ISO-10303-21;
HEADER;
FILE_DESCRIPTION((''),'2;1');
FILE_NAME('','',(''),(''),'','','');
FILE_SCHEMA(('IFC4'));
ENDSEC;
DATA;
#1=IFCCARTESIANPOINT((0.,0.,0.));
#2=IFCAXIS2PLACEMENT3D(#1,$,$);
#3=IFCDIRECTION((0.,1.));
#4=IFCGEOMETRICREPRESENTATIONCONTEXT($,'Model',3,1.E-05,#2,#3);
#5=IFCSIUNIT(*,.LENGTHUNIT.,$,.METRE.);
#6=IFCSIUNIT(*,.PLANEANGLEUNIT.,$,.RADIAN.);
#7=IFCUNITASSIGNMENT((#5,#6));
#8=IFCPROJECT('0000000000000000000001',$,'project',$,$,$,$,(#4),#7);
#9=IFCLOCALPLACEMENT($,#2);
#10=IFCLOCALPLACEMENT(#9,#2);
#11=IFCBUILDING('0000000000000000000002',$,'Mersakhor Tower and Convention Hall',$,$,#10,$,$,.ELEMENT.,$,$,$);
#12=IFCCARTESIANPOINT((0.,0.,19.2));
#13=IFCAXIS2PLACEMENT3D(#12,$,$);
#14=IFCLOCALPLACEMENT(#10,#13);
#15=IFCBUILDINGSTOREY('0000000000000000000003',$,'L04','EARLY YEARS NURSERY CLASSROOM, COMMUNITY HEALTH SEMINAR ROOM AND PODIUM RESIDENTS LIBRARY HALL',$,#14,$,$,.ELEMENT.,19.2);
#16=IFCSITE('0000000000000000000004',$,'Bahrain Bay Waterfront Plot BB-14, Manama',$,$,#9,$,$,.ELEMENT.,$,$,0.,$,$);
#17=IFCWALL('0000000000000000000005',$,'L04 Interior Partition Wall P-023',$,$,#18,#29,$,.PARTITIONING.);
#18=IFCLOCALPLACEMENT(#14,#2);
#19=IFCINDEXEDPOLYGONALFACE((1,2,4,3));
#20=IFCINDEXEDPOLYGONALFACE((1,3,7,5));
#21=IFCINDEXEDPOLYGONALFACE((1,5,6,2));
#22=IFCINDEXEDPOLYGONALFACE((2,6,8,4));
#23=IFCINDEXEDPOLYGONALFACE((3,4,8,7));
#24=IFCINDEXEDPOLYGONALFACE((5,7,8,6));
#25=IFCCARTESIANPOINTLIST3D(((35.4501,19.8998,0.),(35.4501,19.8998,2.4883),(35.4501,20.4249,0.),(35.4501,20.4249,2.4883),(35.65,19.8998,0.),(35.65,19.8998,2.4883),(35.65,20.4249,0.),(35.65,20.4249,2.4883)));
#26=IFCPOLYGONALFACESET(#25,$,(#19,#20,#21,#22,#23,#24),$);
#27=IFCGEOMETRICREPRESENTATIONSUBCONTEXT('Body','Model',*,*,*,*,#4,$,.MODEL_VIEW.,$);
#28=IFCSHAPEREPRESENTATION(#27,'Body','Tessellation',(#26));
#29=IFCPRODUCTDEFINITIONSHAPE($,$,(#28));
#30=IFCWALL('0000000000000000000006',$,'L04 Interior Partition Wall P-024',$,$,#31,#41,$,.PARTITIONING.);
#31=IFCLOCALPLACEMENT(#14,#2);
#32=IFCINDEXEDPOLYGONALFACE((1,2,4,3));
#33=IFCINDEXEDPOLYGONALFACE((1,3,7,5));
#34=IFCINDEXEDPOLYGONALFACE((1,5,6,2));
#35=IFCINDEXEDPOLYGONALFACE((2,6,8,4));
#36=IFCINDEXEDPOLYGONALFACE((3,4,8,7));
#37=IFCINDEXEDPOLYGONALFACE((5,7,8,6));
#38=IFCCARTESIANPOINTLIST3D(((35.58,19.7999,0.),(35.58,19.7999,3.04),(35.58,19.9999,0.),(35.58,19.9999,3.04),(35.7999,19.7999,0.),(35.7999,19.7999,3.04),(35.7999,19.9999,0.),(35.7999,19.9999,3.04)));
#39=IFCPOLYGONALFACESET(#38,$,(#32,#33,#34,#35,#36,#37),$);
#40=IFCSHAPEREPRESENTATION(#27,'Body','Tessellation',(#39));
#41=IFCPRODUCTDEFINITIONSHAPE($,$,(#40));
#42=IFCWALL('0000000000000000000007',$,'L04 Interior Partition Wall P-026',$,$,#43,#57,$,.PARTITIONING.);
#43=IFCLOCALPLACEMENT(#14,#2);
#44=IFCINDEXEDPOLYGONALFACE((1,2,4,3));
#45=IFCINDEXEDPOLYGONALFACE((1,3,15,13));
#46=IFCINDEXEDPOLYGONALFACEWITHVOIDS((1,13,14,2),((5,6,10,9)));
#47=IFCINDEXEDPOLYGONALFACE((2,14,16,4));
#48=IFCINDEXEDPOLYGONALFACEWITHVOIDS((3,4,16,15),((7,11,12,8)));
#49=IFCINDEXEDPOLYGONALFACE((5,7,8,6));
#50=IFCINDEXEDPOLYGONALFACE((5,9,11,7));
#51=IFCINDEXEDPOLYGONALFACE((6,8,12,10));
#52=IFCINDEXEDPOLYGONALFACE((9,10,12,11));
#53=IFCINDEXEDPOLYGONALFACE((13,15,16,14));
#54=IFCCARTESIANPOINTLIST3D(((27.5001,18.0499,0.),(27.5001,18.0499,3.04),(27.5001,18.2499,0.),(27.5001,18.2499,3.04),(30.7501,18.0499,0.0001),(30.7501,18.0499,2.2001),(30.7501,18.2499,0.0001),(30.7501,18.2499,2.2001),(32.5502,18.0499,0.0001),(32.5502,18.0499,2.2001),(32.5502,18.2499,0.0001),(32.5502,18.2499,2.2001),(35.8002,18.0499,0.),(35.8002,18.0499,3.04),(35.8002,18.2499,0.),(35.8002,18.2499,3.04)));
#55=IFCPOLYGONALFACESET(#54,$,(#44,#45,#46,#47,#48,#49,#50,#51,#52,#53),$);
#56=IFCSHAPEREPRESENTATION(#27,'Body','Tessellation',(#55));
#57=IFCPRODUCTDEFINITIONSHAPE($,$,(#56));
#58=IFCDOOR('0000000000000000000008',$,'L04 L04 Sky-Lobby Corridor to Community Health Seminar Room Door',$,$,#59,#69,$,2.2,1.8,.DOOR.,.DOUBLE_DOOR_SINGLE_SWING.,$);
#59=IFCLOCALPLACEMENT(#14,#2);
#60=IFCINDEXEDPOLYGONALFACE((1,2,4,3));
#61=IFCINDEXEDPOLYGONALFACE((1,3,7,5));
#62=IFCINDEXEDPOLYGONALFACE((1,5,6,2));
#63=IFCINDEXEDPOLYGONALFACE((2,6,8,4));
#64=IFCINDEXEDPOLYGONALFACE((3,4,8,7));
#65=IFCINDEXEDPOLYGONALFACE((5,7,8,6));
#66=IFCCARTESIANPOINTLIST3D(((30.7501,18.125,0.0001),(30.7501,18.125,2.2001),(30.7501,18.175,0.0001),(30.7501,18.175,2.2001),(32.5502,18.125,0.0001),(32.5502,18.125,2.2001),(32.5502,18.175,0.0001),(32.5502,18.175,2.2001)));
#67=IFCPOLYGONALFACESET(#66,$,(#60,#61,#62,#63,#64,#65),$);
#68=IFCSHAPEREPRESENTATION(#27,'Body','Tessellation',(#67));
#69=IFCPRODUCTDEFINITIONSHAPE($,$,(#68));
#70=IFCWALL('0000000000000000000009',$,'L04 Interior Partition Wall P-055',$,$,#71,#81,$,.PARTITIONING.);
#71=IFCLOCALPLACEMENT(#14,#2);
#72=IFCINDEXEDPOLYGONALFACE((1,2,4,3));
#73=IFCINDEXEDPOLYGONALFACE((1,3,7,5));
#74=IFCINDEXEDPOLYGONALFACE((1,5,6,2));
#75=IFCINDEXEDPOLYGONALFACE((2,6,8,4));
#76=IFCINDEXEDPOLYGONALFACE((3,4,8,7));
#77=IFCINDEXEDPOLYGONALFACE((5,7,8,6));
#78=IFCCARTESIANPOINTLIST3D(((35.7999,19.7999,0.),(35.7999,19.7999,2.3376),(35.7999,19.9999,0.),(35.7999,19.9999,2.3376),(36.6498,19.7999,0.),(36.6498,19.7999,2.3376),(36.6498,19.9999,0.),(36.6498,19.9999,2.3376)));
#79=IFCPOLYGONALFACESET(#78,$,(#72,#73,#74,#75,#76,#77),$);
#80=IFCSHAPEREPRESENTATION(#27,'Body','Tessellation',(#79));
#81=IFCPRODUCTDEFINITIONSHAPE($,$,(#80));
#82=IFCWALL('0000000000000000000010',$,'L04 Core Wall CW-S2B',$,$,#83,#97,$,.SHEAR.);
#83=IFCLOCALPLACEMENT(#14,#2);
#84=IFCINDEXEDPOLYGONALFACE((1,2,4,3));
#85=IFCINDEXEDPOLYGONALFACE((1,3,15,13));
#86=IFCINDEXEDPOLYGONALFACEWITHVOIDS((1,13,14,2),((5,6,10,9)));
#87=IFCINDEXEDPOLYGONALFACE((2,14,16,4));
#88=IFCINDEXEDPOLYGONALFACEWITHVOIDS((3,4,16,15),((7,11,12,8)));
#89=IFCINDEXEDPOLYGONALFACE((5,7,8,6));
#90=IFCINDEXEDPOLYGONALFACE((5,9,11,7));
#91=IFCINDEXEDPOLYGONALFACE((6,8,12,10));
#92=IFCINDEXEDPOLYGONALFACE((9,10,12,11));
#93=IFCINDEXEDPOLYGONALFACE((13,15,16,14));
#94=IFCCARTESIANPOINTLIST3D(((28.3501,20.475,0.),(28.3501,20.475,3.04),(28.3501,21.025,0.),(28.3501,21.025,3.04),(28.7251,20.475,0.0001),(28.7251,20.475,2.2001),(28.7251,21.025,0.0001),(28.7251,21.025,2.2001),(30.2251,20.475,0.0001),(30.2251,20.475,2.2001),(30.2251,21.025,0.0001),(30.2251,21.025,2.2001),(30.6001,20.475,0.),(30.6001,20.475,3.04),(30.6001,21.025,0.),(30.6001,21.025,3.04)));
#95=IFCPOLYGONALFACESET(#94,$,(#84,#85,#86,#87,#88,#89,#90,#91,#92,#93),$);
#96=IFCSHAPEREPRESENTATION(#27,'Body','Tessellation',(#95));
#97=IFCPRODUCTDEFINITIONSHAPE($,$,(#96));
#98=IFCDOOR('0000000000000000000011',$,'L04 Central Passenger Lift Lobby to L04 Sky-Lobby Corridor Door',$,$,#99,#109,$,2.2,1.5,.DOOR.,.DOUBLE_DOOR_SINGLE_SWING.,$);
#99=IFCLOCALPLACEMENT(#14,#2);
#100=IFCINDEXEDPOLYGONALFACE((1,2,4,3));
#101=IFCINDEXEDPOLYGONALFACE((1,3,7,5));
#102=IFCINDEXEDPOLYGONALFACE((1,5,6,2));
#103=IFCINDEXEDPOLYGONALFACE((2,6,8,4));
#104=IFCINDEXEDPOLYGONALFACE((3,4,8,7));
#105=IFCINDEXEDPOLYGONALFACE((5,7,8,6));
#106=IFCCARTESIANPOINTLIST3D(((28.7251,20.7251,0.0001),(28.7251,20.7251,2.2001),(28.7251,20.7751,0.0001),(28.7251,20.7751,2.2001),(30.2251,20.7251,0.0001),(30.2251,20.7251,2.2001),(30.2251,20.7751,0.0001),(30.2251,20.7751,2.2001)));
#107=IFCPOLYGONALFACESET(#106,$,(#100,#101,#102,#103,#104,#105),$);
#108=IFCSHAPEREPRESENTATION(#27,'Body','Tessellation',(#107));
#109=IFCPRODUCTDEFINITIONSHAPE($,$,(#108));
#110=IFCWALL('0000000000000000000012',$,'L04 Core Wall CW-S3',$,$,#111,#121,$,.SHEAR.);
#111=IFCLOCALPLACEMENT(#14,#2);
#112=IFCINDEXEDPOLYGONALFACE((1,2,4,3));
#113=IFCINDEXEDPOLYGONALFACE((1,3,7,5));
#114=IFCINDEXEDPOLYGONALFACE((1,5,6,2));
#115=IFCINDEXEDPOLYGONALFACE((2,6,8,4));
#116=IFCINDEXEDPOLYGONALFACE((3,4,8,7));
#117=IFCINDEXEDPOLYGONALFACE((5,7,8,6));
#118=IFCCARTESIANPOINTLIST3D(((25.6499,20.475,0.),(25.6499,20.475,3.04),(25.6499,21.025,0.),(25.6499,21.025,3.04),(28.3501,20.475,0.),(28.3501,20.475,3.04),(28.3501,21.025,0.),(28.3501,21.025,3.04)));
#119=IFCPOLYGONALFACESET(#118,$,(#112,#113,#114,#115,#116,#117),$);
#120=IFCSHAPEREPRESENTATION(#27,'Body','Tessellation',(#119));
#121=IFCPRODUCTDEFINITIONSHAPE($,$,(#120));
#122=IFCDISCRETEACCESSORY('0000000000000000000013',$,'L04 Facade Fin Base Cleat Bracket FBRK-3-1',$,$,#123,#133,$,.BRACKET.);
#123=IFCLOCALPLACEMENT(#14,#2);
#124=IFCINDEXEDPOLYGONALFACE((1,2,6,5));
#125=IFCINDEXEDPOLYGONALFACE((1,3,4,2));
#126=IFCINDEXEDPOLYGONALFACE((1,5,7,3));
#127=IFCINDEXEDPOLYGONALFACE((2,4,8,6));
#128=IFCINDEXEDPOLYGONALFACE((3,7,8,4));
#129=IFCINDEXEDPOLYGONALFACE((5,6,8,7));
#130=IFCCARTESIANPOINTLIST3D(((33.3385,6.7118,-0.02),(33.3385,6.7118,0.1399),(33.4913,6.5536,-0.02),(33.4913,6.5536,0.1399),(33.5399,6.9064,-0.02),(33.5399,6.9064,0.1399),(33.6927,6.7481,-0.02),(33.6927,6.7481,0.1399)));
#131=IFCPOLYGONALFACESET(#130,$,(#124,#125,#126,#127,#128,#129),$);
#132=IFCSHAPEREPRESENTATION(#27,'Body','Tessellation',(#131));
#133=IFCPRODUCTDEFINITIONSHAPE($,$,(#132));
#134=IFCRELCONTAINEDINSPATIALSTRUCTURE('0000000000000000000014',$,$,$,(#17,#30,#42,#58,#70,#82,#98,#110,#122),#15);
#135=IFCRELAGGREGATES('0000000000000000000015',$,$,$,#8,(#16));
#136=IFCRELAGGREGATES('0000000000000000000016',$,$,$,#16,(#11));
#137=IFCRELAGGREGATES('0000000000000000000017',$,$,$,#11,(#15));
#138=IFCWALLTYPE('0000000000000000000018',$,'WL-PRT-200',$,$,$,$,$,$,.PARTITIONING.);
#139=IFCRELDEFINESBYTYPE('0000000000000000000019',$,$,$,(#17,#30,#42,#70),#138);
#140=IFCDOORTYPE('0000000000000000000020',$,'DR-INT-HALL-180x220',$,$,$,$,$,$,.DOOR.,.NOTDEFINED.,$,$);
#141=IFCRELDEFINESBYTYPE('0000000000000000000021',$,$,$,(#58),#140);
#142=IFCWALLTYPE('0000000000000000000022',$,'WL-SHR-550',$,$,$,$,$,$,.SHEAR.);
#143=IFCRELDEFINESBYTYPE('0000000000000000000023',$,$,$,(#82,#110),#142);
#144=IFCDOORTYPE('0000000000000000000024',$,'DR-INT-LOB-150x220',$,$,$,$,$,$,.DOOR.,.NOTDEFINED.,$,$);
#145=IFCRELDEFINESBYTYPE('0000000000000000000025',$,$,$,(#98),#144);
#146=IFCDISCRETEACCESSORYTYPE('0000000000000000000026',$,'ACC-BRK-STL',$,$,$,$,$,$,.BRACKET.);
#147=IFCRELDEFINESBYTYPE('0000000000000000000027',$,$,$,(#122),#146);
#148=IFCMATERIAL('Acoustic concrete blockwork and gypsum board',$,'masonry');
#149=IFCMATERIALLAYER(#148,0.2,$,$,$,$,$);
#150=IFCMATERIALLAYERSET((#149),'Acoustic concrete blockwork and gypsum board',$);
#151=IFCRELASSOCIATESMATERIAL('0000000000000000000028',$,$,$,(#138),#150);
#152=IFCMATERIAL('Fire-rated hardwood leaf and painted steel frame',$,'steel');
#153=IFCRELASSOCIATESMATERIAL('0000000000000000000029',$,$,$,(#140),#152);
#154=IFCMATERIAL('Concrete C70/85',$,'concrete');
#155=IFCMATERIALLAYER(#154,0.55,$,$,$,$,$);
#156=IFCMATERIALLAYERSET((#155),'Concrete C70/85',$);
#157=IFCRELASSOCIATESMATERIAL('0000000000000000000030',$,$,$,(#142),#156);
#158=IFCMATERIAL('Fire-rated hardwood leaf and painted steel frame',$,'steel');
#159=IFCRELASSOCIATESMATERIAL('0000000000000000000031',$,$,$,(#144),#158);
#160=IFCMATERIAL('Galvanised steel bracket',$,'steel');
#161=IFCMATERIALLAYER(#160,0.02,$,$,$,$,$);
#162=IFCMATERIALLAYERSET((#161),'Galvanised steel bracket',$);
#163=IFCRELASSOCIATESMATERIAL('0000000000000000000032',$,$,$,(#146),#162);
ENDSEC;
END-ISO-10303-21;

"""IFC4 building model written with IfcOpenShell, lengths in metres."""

from ifc_helpers import new_model, si_unit, direction, frame, frame_2d, origin, origin_2d, place, context, subcontext, project, spatial, rectangle, extrude, material, layer, layer_set, type_object, element, fill, save


model = new_model("IFC4")

# Units and contexts
model_context = context("Model", 3, precision=1e-05, world=origin(), true_north=direction((0.0, 1.0)))
body_context = subcontext(model_context, "Body", "Model", "MODEL_VIEW")
ifc_project = project(units=[si_unit("LENGTHUNIT", "METRE"), si_unit("PLANEANGLEUNIT", "RADIAN")], contexts=[model_context])

# Site, building, storey
site_placement = place(None, origin())
site = spatial("IfcSite", under=ifc_project, at=site_placement, Name="Bahrain Bay Waterfront Plot BB-14, Manama", CompositionType="ELEMENT", RefElevation=0.0)
building_placement = place(site_placement, origin())
building = spatial("IfcBuilding", under=site, at=building_placement, Name="Mersakhor Tower and Convention Hall", CompositionType="ELEMENT")
storey_placement = place(building_placement, frame((0.0, 0.0, 19.2)))
storey = spatial("IfcBuildingStorey", under=building, at=storey_placement, Name="L04", Description="EARLY YEARS NURSERY CLASSROOM, COMMUNITY HEALTH SEMINAR ROOM AND PODIUM RESIDENTS LIBRARY HALL", CompositionType="ELEMENT", Elevation=19.2)

# Walls
ifc_material_1 = material(Name="Acoustic concrete blockwork and gypsum board", Category="masonry")
ifc_layer_1 = layer(ifc_material_1, 0.2)
ifc_layer_set_1 = layer_set([ifc_layer_1], Name="Acoustic concrete blockwork and gypsum board")
wall_type_1 = type_object("IfcWallType", Name="WL-PRT-200", PredefinedType="PARTITIONING", material=ifc_layer_set_1)
wall_1_placement = place(storey_placement, frame((35.55, 20.425, 0.0), z_axis=(0.0, 0.0, 1.0), x_axis=(0.0, -1.0, 0.0)))
element("IfcWall", 1, at=wall_1_placement, inside=storey, type_object=wall_type_1, Name="L04 Interior Partition Wall P-023", PredefinedType="PARTITIONING", context=body_context, shape_type="SweptSolid", body=[
    extrude(rectangle(XDim=0.5251, YDim=0.2, at=frame_2d((0.2627, 0.0))), origin(), (0.0, 0.0, 1.0), 2.4883),
])
wall_2_placement = place(storey_placement, frame((35.5801, 19.8999, 0.0), z_axis=(0.0, 0.0, 1.0), x_axis=(1.0, 0.0, 0.0)))
element("IfcWall", 2, at=wall_2_placement, inside=storey, type_object=wall_type_1, Name="L04 Interior Partition Wall P-024", PredefinedType="PARTITIONING", context=body_context, shape_type="SweptSolid", body=[
    extrude(rectangle(XDim=0.22, YDim=0.2, at=frame_2d((0.1099, 0.0))), origin(), (0.0, 0.0, 1.0), 3.04),
])

# Wall, opening, door
wall_3_placement = place(storey_placement, frame((35.8, 18.1499, 0.0), z_axis=(0.0, 0.0, 1.0), x_axis=(-1.0, 0.0, 0.0)))
wall_3 = element("IfcWall", 3, at=wall_3_placement, inside=storey, type_object=wall_type_1, Name="L04 Interior Partition Wall P-026", PredefinedType="PARTITIONING", context=body_context, shape_type="SweptSolid", body=[
    extrude(rectangle(XDim=8.3, YDim=0.2, at=frame_2d((4.1499, 0.0))), origin(), (0.0, 0.0, 1.0), 3.04),
])
opening_1_placement = place(wall_3_placement, frame((3.25, 0.0, 0.0)))
opening_1 = element("IfcOpeningElement", 4, at=opening_1_placement, cuts=wall_3, PredefinedType="OPENING", context=body_context, shape_type="SweptSolid", body=[
    extrude(rectangle(XDim=1.8, YDim=2.2, at=frame_2d((0.8999, 1.1001))), frame((0.0, 0.1099, 0.0), z_axis=(0.0, -1.0, 0.0), x_axis=(1.0, 0.0, 0.0)), (0.0, 0.0, 1.0), 0.22),
])
ifc_material_2 = material(Name="Fire-rated hardwood leaf and painted steel frame", Category="steel")
door_type_1 = type_object("IfcDoorType", Name="DR-INT-HALL-180x220", OperationType="NOTDEFINED", PredefinedType="DOOR", material=ifc_material_2)
door_1_placement = place(opening_1_placement, origin())
door_1 = element("IfcDoor", 5, at=door_1_placement, inside=storey, type_object=door_type_1, Name="L04 L04 Sky-Lobby Corridor to Community Health Seminar Room Door", OperationType="DOUBLE_DOOR_SINGLE_SWING", OverallHeight=2.2, OverallWidth=1.8, PredefinedType="DOOR", context=body_context, shape_type="SweptSolid", body=[
    extrude(rectangle(XDim=1.8, YDim=2.2, at=frame_2d((0.8999, 1.1001))), frame((0.0, 0.0249, 0.0), z_axis=(0.0, -1.0, 0.0), x_axis=(1.0, 0.0, 0.0)), (0.0, 0.0, 1.0), 0.05),
])
fill(opening_1, door_1)

# Wall
wall_4_placement = place(storey_placement, frame((35.8, 19.8999, 0.0), z_axis=(0.0, 0.0, 1.0), x_axis=(1.0, 0.0, 0.0)))
element("IfcWall", 6, at=wall_4_placement, inside=storey, type_object=wall_type_1, Name="L04 Interior Partition Wall P-055", PredefinedType="PARTITIONING", context=body_context, shape_type="SweptSolid", body=[
    extrude(rectangle(XDim=0.8499, YDim=0.2, at=frame_2d((0.4248, 0.0))), origin(), (0.0, 0.0, 1.0), 2.3376),
])

# Wall, opening, door
ifc_material_3 = material(Name="Concrete C70/85", Category="concrete")
ifc_layer_2 = layer(ifc_material_3, 0.55)
ifc_layer_set_2 = layer_set([ifc_layer_2], Name="Concrete C70/85")
wall_type_2 = type_object("IfcWallType", Name="WL-SHR-550", PredefinedType="SHEAR", material=ifc_layer_set_2)
wall_5_placement = place(storey_placement, frame((30.6001, 20.75, 0.0), z_axis=(0.0, 0.0, 1.0), x_axis=(-1.0, 0.0, 0.0)))
wall_5 = element("IfcWall", 7, at=wall_5_placement, inside=storey, type_object=wall_type_2, Name="L04 Core Wall CW-S2B", PredefinedType="SHEAR", context=body_context, shape_type="SweptSolid", body=[
    extrude(rectangle(XDim=2.25, YDim=0.55, at=frame_2d((1.125, 0.0))), origin(), (0.0, 0.0, 1.0), 3.04),
])
opening_2_placement = place(wall_5_placement, frame((0.375, 0.0, 0.0)))
opening_2 = element("IfcOpeningElement", 8, at=opening_2_placement, cuts=wall_5, PredefinedType="OPENING", context=body_context, shape_type="SweptSolid", body=[
    extrude(rectangle(XDim=1.5, YDim=2.2, at=frame_2d((0.75, 1.1001))), frame((0.0, 0.2849, 0.0), z_axis=(0.0, -1.0, 0.0), x_axis=(1.0, 0.0, 0.0)), (0.0, 0.0, 1.0), 0.5701),
])
ifc_material_4 = material(Name="Fire-rated hardwood leaf and painted steel frame", Category="steel")
door_type_2 = type_object("IfcDoorType", Name="DR-INT-LOB-150x220", OperationType="NOTDEFINED", PredefinedType="DOOR", material=ifc_material_4)
door_2_placement = place(opening_2_placement, origin())
door_2 = element("IfcDoor", 9, at=door_2_placement, inside=storey, type_object=door_type_2, Name="L04 Central Passenger Lift Lobby to L04 Sky-Lobby Corridor Door", OperationType="DOUBLE_DOOR_SINGLE_SWING", OverallHeight=2.2, OverallWidth=1.5, PredefinedType="DOOR", context=body_context, shape_type="SweptSolid", body=[
    extrude(rectangle(XDim=1.5, YDim=2.2, at=frame_2d((0.75, 1.1001))), frame((0.0, 0.0249, 0.0), z_axis=(0.0, -1.0, 0.0), x_axis=(1.0, 0.0, 0.0)), (0.0, 0.0, 1.0), 0.05),
])
fill(opening_2, door_2)

# Wall
wall_6_placement = place(storey_placement, frame((28.3501, 20.75, 0.0), z_axis=(0.0, 0.0, 1.0), x_axis=(-1.0, 0.0, 0.0)))
element("IfcWall", 10, at=wall_6_placement, inside=storey, type_object=wall_type_2, Name="L04 Core Wall CW-S3", PredefinedType="SHEAR", context=body_context, shape_type="SweptSolid", body=[
    extrude(rectangle(XDim=2.7002, YDim=0.55, at=frame_2d((1.3501, 0.0))), origin(), (0.0, 0.0, 1.0), 3.04),
])

# Discrete accessory
ifc_material_5 = material(Name="Galvanised steel bracket", Category="steel")
ifc_layer_3 = layer(ifc_material_5, 0.02)
ifc_layer_set_3 = layer_set([ifc_layer_3], Name="Galvanised steel bracket")
discrete_accessory_type = type_object("IfcDiscreteAccessoryType", Name="ACC-BRK-STL", PredefinedType="BRACKET", material=ifc_layer_set_3)
discrete_accessory_placement = place(storey_placement, frame((33.5156, 6.73, -0.02), z_axis=(0.0, 0.0, 1.0), x_axis=(-0.71934, -0.694658, 0.0)))
element("IfcDiscreteAccessory", 11, at=discrete_accessory_placement, inside=storey, type_object=discrete_accessory_type, Name="L04 Facade Fin Base Cleat Bracket FBRK-3-1", PredefinedType="BRACKET", context=body_context, shape_type="SweptSolid", body=[
    extrude(rectangle(XDim=0.28, YDim=0.22, at=origin_2d()), origin(), (0.0, 0.0, 1.0), 0.1599),
])

save(model, "model.ifc")
